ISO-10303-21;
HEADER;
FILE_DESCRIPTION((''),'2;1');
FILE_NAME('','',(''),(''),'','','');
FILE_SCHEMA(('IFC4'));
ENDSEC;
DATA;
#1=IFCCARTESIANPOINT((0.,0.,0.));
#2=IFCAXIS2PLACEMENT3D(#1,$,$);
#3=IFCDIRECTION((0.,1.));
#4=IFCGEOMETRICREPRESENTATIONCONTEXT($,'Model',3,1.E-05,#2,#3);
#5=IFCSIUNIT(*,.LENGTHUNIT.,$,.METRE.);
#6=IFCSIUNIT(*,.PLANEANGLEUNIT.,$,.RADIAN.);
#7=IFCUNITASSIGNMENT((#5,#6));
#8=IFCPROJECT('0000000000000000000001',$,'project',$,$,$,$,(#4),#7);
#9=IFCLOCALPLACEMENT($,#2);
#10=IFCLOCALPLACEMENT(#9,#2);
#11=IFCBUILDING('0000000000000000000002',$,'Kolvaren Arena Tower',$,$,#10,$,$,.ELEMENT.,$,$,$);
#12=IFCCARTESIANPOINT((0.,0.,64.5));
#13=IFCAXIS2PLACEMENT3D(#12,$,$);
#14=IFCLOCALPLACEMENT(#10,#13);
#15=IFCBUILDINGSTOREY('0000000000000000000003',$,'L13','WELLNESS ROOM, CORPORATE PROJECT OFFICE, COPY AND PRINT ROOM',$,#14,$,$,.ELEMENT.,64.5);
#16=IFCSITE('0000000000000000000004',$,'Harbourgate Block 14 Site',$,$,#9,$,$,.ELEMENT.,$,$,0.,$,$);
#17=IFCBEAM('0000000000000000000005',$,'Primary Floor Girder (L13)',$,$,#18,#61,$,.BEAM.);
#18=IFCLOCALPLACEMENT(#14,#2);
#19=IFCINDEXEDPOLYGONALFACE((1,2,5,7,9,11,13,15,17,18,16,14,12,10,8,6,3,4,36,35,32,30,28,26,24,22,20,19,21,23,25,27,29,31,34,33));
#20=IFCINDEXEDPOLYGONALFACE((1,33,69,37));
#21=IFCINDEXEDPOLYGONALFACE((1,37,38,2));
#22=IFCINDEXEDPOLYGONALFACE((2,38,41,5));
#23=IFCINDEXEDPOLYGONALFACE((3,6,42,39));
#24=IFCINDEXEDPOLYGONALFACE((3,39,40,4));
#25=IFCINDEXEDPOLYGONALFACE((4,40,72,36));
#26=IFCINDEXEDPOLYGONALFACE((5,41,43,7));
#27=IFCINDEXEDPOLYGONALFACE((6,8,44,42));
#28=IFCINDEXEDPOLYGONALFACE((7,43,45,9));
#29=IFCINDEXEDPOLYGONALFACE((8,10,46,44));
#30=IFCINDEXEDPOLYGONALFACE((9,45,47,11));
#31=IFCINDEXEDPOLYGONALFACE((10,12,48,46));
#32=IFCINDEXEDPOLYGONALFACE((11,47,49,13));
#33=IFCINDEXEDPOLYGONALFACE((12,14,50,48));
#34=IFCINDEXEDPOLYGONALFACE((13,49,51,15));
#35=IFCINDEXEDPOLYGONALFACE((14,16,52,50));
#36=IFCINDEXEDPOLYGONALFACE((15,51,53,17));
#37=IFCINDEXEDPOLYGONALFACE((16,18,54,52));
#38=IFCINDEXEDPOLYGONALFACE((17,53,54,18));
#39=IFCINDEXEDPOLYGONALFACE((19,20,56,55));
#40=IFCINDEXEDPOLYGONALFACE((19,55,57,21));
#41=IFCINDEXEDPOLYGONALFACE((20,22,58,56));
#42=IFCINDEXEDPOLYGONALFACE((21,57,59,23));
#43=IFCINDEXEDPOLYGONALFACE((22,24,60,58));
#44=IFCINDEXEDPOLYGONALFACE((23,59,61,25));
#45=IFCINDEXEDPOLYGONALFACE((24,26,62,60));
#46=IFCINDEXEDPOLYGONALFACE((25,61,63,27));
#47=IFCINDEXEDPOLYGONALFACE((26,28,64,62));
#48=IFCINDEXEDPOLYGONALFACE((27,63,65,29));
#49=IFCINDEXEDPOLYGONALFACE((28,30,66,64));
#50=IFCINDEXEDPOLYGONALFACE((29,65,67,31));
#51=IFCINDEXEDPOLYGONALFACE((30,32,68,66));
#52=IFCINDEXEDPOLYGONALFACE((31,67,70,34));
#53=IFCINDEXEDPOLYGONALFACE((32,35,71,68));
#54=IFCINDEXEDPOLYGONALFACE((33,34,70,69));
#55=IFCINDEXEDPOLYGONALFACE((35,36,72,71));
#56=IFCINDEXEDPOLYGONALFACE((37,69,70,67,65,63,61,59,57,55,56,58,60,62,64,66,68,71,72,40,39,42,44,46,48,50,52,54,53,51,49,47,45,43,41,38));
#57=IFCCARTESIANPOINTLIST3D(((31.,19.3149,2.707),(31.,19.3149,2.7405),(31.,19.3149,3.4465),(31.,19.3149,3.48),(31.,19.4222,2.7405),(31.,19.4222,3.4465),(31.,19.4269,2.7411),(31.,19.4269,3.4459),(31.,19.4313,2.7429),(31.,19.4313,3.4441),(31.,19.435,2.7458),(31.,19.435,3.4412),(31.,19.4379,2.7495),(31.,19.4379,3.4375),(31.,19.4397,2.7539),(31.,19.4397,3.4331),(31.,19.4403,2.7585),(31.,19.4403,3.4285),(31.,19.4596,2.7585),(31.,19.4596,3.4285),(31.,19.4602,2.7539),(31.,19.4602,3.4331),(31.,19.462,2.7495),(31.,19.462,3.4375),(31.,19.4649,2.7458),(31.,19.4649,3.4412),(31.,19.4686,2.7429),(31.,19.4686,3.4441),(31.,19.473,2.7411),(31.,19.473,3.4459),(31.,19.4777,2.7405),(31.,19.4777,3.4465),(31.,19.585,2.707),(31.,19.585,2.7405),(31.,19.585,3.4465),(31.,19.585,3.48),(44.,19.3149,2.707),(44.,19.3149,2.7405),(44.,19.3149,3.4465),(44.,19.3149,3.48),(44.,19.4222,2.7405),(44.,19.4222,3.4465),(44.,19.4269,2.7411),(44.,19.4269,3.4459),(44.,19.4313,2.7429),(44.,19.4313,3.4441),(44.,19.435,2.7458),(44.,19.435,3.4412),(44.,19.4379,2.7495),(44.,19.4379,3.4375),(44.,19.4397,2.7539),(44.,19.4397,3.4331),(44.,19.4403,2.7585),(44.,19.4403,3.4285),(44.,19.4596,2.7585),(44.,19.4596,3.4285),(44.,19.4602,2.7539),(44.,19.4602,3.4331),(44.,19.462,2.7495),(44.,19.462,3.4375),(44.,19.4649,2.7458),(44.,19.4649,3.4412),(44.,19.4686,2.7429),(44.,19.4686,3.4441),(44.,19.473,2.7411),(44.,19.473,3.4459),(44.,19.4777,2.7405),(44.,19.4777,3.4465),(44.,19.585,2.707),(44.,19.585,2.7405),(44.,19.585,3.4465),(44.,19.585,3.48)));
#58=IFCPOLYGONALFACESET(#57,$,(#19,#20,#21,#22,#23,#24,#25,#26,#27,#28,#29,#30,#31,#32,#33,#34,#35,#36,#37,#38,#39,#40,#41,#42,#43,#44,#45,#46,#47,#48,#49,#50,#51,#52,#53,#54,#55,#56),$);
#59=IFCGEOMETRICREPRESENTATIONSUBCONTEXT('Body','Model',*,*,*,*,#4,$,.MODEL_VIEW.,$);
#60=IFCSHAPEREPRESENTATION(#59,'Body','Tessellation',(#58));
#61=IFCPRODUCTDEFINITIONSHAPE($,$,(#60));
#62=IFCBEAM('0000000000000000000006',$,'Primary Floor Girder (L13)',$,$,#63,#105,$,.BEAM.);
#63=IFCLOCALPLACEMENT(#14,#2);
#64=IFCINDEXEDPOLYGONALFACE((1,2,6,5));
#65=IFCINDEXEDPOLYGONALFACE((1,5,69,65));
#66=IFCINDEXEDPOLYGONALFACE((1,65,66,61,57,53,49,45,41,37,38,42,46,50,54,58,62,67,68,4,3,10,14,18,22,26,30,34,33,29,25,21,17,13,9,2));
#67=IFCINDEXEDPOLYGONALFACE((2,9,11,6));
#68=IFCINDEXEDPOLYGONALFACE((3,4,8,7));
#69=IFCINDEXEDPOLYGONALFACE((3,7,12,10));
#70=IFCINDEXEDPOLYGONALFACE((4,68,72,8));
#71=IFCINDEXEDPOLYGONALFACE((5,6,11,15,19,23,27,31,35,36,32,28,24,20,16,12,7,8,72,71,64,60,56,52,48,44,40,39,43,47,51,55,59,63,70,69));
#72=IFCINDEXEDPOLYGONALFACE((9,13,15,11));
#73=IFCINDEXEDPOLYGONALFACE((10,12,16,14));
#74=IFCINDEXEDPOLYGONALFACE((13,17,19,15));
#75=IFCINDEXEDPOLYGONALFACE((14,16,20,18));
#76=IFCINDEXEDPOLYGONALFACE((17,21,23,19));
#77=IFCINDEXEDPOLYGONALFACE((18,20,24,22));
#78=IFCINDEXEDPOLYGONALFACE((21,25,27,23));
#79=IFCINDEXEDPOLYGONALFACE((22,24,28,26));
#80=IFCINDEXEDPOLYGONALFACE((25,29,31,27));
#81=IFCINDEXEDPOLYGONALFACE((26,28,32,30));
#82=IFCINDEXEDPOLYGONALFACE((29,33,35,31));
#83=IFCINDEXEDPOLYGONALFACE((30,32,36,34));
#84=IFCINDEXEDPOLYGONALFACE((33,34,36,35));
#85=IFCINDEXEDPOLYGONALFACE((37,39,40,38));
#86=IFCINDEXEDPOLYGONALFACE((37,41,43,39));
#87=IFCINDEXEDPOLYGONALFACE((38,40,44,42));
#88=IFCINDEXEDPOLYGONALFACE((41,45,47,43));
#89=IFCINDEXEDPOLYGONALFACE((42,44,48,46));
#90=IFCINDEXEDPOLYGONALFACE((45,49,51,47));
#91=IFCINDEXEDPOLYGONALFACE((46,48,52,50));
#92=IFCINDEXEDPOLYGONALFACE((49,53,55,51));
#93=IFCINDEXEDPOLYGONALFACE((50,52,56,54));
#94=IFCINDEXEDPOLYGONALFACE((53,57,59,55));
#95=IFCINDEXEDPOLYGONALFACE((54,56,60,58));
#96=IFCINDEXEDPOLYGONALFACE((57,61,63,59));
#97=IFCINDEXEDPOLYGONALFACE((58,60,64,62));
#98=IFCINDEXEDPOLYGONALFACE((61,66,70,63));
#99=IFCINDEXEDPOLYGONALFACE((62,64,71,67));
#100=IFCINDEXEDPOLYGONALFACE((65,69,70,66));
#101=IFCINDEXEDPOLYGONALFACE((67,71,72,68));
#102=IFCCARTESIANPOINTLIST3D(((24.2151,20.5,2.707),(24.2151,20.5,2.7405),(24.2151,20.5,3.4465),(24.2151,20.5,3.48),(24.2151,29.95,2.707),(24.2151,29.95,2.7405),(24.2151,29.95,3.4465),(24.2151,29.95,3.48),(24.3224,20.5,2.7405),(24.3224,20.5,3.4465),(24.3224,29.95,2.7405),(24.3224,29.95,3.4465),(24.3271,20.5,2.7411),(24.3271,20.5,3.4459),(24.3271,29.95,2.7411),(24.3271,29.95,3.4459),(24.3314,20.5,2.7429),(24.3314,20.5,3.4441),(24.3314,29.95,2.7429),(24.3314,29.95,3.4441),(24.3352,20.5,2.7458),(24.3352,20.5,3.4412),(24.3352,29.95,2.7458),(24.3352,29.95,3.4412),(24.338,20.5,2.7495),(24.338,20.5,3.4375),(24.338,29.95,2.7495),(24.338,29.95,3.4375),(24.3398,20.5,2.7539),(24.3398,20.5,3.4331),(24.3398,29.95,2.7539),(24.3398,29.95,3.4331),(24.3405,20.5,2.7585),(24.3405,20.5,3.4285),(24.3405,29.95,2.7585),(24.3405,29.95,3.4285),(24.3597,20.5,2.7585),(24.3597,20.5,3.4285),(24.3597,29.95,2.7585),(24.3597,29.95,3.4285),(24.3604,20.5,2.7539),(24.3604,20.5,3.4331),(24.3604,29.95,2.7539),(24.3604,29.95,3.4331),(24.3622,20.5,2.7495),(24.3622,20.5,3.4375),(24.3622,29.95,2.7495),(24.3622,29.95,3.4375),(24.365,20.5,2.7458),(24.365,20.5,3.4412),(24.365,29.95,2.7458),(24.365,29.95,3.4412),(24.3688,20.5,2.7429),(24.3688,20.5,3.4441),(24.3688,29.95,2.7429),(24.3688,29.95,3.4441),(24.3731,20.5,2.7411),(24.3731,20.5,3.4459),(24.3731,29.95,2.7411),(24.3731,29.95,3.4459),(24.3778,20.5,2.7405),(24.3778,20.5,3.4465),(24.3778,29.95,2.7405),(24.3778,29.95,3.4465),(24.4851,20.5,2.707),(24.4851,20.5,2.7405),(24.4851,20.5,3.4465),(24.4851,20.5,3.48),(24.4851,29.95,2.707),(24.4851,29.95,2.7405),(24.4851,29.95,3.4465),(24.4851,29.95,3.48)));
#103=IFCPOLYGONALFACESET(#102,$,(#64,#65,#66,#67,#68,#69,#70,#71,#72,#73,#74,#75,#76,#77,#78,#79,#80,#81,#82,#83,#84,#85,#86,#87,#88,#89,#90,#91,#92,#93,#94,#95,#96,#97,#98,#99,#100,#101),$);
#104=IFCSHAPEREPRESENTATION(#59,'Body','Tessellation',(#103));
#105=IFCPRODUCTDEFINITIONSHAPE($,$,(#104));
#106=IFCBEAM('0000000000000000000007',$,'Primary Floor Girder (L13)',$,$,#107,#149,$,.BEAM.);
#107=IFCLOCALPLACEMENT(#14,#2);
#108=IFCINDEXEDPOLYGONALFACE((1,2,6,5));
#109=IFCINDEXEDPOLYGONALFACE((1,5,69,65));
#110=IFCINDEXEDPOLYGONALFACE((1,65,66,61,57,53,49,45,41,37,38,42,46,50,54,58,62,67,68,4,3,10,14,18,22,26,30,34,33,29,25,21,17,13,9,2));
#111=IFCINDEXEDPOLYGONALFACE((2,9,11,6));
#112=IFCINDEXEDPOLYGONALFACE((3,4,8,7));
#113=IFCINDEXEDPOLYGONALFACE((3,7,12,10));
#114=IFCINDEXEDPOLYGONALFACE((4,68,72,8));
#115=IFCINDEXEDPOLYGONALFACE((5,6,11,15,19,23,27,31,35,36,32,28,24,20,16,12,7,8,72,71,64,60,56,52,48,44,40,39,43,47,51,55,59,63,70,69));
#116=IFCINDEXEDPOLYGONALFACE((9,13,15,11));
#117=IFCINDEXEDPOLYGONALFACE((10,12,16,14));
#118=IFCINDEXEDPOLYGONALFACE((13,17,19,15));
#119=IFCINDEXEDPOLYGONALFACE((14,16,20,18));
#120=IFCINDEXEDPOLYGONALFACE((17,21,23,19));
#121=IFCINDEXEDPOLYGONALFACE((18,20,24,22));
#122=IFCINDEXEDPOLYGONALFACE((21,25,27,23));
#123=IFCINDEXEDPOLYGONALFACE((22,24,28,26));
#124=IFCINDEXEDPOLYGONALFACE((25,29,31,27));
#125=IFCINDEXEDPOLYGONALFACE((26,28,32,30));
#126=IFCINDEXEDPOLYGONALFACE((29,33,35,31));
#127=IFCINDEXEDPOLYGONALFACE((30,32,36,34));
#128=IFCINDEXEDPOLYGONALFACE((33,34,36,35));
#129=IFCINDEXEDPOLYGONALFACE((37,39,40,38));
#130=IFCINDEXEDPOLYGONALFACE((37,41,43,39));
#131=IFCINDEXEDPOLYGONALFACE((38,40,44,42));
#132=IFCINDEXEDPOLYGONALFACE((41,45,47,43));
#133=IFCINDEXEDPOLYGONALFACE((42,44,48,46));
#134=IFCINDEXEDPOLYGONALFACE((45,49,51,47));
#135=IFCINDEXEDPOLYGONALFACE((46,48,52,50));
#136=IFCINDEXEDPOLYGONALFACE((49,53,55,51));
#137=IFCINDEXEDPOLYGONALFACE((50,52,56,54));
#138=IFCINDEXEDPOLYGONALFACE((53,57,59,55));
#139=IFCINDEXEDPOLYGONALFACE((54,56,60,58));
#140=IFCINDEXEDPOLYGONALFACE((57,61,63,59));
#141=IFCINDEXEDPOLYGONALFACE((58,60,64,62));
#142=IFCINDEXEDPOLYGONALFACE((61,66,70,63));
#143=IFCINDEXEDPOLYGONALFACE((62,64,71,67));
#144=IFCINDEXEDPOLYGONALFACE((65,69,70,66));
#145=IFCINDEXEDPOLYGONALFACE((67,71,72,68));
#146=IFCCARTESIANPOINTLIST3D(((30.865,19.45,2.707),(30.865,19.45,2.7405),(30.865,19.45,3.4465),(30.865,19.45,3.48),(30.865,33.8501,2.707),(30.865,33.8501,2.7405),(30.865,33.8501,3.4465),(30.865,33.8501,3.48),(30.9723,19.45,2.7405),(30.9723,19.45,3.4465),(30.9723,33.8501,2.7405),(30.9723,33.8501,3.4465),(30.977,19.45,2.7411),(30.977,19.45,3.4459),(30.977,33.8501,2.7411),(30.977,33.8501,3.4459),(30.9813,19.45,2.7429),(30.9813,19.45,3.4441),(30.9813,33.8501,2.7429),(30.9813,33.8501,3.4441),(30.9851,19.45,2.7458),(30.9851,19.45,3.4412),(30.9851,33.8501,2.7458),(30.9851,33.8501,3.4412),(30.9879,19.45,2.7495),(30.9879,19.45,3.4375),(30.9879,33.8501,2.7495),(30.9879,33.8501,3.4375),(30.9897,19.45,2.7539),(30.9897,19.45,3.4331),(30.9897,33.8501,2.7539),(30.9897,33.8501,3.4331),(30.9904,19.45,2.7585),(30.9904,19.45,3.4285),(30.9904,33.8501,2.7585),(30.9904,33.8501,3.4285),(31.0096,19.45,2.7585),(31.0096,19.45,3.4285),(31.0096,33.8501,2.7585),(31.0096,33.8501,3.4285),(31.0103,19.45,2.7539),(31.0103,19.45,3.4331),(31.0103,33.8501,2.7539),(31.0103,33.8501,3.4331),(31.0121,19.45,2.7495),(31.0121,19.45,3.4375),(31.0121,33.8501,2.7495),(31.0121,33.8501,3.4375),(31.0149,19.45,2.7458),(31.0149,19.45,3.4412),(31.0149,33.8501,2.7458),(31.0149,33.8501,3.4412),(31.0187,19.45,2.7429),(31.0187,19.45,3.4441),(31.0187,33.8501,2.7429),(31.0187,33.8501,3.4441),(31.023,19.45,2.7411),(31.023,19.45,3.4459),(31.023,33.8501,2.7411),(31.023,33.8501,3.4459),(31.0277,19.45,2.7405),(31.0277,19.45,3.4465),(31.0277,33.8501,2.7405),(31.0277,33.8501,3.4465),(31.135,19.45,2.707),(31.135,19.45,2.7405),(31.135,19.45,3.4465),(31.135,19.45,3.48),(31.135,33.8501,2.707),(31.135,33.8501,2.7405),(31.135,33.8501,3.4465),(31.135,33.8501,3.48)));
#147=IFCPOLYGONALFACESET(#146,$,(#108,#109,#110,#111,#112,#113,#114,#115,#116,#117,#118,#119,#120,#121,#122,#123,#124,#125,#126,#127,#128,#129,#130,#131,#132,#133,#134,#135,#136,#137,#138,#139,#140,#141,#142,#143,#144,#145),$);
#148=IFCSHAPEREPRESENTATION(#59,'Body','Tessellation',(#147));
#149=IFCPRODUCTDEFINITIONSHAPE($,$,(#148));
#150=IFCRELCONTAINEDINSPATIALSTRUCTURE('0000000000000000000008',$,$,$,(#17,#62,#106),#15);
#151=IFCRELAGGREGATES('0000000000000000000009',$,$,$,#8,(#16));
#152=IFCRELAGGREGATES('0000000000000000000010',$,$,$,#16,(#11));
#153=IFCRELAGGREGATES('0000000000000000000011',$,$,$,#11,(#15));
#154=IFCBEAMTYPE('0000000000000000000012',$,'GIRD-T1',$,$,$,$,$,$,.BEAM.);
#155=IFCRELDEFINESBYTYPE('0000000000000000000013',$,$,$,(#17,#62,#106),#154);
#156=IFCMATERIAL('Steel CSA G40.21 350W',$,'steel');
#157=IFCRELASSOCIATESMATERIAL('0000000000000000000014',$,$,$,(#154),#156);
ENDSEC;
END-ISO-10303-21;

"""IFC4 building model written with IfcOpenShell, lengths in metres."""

from ifc_helpers import new_model, si_unit, direction, frame, origin, origin_2d, place, context, subcontext, project, spatial, i_section, extrude, material, material_profile, profile_set, type_object, element, save


model = new_model("IFC4")

# Units and contexts
model_context = context("Model", 3, precision=1e-05, world=origin(), true_north=direction((0.0, 1.0)))
body_context = subcontext(model_context, "Body", "Model", "MODEL_VIEW")
ifc_project = project(units=[si_unit("LENGTHUNIT", "METRE"), si_unit("PLANEANGLEUNIT", "RADIAN")], contexts=[model_context])

# Site, building, storey
site_placement = place(None, origin())
site = spatial("IfcSite", under=ifc_project, at=site_placement, Name="Harbourgate Block 14 Site", CompositionType="ELEMENT", RefElevation=0.0)
building_placement = place(site_placement, origin())
building = spatial("IfcBuilding", under=site, at=building_placement, Name="Kolvaren Arena Tower", CompositionType="ELEMENT")
storey_placement = place(building_placement, frame((0.0, 0.0, 64.5)))
storey = spatial("IfcBuildingStorey", under=building, at=storey_placement, Name="L13", Description="WELLNESS ROOM, CORPORATE PROJECT OFFICE, COPY AND PRINT ROOM", CompositionType="ELEMENT", Elevation=64.5)

# Beams
ifc_material_1 = material(Name="Steel CSA G40.21 350W", Category="steel")
ifc_material_profile_1 = material_profile(ifc_material_1, i_section(OverallWidth=0.27, OverallDepth=0.7729, WebThickness=0.0193, FlangeThickness=0.0334, FilletRadius=0.0181, at=origin_2d()), Name="W760x257")
ifc_profile_set_1 = profile_set([ifc_material_profile_1], Name="Steel CSA G40.21 350W")
beam_type_1 = type_object("IfcBeamType", Name="GIRD-T1", PredefinedType="BEAM", material=ifc_profile_set_1)
beam_1_placement = place(storey_placement, frame((31.0, 19.45, 3.0935), z_axis=(1.0, 0.0, 0.0), x_axis=(0.0, 1.0, 0.0)))
element("IfcBeam", 1, at=beam_1_placement, inside=storey, type_object=beam_type_1, Name="Primary Floor Girder (L13)", PredefinedType="BEAM", context=body_context, shape_type="SweptSolid", body=[
    extrude(i_section(OverallWidth=0.27, OverallDepth=0.7729, WebThickness=0.0193, FlangeThickness=0.0334, FilletRadius=0.0181, at=origin_2d()), origin(), (0.0, 0.0, 1.0), 13.0),
])
beam_2_placement = place(storey_placement, frame((24.3501, 20.5, 3.0935), z_axis=(0.0, 1.0, 0.0), x_axis=(-1.0, 0.0, 0.0)))
element("IfcBeam", 2, at=beam_2_placement, inside=storey, type_object=beam_type_1, Name="Primary Floor Girder (L13)", PredefinedType="BEAM", context=body_context, shape_type="SweptSolid", body=[
    extrude(i_section(OverallWidth=0.27, OverallDepth=0.7729, WebThickness=0.0193, FlangeThickness=0.0334, FilletRadius=0.0181, at=origin_2d()), origin(), (0.0, 0.0, 1.0), 9.45),
])
beam_3_placement = place(storey_placement, frame((31.0, 19.45, 3.0935), z_axis=(0.0, 1.0, 0.0), x_axis=(-1.0, 0.0, 0.0)))
element("IfcBeam", 3, at=beam_3_placement, inside=storey, type_object=beam_type_1, Name="Primary Floor Girder (L13)", PredefinedType="BEAM", context=body_context, shape_type="SweptSolid", body=[
    extrude(i_section(OverallWidth=0.27, OverallDepth=0.7729, WebThickness=0.0193, FlangeThickness=0.0334, FilletRadius=0.0181, at=origin_2d()), origin(), (0.0, 0.0, 1.0), 14.4001),
])

save(model, "model.ifc")
